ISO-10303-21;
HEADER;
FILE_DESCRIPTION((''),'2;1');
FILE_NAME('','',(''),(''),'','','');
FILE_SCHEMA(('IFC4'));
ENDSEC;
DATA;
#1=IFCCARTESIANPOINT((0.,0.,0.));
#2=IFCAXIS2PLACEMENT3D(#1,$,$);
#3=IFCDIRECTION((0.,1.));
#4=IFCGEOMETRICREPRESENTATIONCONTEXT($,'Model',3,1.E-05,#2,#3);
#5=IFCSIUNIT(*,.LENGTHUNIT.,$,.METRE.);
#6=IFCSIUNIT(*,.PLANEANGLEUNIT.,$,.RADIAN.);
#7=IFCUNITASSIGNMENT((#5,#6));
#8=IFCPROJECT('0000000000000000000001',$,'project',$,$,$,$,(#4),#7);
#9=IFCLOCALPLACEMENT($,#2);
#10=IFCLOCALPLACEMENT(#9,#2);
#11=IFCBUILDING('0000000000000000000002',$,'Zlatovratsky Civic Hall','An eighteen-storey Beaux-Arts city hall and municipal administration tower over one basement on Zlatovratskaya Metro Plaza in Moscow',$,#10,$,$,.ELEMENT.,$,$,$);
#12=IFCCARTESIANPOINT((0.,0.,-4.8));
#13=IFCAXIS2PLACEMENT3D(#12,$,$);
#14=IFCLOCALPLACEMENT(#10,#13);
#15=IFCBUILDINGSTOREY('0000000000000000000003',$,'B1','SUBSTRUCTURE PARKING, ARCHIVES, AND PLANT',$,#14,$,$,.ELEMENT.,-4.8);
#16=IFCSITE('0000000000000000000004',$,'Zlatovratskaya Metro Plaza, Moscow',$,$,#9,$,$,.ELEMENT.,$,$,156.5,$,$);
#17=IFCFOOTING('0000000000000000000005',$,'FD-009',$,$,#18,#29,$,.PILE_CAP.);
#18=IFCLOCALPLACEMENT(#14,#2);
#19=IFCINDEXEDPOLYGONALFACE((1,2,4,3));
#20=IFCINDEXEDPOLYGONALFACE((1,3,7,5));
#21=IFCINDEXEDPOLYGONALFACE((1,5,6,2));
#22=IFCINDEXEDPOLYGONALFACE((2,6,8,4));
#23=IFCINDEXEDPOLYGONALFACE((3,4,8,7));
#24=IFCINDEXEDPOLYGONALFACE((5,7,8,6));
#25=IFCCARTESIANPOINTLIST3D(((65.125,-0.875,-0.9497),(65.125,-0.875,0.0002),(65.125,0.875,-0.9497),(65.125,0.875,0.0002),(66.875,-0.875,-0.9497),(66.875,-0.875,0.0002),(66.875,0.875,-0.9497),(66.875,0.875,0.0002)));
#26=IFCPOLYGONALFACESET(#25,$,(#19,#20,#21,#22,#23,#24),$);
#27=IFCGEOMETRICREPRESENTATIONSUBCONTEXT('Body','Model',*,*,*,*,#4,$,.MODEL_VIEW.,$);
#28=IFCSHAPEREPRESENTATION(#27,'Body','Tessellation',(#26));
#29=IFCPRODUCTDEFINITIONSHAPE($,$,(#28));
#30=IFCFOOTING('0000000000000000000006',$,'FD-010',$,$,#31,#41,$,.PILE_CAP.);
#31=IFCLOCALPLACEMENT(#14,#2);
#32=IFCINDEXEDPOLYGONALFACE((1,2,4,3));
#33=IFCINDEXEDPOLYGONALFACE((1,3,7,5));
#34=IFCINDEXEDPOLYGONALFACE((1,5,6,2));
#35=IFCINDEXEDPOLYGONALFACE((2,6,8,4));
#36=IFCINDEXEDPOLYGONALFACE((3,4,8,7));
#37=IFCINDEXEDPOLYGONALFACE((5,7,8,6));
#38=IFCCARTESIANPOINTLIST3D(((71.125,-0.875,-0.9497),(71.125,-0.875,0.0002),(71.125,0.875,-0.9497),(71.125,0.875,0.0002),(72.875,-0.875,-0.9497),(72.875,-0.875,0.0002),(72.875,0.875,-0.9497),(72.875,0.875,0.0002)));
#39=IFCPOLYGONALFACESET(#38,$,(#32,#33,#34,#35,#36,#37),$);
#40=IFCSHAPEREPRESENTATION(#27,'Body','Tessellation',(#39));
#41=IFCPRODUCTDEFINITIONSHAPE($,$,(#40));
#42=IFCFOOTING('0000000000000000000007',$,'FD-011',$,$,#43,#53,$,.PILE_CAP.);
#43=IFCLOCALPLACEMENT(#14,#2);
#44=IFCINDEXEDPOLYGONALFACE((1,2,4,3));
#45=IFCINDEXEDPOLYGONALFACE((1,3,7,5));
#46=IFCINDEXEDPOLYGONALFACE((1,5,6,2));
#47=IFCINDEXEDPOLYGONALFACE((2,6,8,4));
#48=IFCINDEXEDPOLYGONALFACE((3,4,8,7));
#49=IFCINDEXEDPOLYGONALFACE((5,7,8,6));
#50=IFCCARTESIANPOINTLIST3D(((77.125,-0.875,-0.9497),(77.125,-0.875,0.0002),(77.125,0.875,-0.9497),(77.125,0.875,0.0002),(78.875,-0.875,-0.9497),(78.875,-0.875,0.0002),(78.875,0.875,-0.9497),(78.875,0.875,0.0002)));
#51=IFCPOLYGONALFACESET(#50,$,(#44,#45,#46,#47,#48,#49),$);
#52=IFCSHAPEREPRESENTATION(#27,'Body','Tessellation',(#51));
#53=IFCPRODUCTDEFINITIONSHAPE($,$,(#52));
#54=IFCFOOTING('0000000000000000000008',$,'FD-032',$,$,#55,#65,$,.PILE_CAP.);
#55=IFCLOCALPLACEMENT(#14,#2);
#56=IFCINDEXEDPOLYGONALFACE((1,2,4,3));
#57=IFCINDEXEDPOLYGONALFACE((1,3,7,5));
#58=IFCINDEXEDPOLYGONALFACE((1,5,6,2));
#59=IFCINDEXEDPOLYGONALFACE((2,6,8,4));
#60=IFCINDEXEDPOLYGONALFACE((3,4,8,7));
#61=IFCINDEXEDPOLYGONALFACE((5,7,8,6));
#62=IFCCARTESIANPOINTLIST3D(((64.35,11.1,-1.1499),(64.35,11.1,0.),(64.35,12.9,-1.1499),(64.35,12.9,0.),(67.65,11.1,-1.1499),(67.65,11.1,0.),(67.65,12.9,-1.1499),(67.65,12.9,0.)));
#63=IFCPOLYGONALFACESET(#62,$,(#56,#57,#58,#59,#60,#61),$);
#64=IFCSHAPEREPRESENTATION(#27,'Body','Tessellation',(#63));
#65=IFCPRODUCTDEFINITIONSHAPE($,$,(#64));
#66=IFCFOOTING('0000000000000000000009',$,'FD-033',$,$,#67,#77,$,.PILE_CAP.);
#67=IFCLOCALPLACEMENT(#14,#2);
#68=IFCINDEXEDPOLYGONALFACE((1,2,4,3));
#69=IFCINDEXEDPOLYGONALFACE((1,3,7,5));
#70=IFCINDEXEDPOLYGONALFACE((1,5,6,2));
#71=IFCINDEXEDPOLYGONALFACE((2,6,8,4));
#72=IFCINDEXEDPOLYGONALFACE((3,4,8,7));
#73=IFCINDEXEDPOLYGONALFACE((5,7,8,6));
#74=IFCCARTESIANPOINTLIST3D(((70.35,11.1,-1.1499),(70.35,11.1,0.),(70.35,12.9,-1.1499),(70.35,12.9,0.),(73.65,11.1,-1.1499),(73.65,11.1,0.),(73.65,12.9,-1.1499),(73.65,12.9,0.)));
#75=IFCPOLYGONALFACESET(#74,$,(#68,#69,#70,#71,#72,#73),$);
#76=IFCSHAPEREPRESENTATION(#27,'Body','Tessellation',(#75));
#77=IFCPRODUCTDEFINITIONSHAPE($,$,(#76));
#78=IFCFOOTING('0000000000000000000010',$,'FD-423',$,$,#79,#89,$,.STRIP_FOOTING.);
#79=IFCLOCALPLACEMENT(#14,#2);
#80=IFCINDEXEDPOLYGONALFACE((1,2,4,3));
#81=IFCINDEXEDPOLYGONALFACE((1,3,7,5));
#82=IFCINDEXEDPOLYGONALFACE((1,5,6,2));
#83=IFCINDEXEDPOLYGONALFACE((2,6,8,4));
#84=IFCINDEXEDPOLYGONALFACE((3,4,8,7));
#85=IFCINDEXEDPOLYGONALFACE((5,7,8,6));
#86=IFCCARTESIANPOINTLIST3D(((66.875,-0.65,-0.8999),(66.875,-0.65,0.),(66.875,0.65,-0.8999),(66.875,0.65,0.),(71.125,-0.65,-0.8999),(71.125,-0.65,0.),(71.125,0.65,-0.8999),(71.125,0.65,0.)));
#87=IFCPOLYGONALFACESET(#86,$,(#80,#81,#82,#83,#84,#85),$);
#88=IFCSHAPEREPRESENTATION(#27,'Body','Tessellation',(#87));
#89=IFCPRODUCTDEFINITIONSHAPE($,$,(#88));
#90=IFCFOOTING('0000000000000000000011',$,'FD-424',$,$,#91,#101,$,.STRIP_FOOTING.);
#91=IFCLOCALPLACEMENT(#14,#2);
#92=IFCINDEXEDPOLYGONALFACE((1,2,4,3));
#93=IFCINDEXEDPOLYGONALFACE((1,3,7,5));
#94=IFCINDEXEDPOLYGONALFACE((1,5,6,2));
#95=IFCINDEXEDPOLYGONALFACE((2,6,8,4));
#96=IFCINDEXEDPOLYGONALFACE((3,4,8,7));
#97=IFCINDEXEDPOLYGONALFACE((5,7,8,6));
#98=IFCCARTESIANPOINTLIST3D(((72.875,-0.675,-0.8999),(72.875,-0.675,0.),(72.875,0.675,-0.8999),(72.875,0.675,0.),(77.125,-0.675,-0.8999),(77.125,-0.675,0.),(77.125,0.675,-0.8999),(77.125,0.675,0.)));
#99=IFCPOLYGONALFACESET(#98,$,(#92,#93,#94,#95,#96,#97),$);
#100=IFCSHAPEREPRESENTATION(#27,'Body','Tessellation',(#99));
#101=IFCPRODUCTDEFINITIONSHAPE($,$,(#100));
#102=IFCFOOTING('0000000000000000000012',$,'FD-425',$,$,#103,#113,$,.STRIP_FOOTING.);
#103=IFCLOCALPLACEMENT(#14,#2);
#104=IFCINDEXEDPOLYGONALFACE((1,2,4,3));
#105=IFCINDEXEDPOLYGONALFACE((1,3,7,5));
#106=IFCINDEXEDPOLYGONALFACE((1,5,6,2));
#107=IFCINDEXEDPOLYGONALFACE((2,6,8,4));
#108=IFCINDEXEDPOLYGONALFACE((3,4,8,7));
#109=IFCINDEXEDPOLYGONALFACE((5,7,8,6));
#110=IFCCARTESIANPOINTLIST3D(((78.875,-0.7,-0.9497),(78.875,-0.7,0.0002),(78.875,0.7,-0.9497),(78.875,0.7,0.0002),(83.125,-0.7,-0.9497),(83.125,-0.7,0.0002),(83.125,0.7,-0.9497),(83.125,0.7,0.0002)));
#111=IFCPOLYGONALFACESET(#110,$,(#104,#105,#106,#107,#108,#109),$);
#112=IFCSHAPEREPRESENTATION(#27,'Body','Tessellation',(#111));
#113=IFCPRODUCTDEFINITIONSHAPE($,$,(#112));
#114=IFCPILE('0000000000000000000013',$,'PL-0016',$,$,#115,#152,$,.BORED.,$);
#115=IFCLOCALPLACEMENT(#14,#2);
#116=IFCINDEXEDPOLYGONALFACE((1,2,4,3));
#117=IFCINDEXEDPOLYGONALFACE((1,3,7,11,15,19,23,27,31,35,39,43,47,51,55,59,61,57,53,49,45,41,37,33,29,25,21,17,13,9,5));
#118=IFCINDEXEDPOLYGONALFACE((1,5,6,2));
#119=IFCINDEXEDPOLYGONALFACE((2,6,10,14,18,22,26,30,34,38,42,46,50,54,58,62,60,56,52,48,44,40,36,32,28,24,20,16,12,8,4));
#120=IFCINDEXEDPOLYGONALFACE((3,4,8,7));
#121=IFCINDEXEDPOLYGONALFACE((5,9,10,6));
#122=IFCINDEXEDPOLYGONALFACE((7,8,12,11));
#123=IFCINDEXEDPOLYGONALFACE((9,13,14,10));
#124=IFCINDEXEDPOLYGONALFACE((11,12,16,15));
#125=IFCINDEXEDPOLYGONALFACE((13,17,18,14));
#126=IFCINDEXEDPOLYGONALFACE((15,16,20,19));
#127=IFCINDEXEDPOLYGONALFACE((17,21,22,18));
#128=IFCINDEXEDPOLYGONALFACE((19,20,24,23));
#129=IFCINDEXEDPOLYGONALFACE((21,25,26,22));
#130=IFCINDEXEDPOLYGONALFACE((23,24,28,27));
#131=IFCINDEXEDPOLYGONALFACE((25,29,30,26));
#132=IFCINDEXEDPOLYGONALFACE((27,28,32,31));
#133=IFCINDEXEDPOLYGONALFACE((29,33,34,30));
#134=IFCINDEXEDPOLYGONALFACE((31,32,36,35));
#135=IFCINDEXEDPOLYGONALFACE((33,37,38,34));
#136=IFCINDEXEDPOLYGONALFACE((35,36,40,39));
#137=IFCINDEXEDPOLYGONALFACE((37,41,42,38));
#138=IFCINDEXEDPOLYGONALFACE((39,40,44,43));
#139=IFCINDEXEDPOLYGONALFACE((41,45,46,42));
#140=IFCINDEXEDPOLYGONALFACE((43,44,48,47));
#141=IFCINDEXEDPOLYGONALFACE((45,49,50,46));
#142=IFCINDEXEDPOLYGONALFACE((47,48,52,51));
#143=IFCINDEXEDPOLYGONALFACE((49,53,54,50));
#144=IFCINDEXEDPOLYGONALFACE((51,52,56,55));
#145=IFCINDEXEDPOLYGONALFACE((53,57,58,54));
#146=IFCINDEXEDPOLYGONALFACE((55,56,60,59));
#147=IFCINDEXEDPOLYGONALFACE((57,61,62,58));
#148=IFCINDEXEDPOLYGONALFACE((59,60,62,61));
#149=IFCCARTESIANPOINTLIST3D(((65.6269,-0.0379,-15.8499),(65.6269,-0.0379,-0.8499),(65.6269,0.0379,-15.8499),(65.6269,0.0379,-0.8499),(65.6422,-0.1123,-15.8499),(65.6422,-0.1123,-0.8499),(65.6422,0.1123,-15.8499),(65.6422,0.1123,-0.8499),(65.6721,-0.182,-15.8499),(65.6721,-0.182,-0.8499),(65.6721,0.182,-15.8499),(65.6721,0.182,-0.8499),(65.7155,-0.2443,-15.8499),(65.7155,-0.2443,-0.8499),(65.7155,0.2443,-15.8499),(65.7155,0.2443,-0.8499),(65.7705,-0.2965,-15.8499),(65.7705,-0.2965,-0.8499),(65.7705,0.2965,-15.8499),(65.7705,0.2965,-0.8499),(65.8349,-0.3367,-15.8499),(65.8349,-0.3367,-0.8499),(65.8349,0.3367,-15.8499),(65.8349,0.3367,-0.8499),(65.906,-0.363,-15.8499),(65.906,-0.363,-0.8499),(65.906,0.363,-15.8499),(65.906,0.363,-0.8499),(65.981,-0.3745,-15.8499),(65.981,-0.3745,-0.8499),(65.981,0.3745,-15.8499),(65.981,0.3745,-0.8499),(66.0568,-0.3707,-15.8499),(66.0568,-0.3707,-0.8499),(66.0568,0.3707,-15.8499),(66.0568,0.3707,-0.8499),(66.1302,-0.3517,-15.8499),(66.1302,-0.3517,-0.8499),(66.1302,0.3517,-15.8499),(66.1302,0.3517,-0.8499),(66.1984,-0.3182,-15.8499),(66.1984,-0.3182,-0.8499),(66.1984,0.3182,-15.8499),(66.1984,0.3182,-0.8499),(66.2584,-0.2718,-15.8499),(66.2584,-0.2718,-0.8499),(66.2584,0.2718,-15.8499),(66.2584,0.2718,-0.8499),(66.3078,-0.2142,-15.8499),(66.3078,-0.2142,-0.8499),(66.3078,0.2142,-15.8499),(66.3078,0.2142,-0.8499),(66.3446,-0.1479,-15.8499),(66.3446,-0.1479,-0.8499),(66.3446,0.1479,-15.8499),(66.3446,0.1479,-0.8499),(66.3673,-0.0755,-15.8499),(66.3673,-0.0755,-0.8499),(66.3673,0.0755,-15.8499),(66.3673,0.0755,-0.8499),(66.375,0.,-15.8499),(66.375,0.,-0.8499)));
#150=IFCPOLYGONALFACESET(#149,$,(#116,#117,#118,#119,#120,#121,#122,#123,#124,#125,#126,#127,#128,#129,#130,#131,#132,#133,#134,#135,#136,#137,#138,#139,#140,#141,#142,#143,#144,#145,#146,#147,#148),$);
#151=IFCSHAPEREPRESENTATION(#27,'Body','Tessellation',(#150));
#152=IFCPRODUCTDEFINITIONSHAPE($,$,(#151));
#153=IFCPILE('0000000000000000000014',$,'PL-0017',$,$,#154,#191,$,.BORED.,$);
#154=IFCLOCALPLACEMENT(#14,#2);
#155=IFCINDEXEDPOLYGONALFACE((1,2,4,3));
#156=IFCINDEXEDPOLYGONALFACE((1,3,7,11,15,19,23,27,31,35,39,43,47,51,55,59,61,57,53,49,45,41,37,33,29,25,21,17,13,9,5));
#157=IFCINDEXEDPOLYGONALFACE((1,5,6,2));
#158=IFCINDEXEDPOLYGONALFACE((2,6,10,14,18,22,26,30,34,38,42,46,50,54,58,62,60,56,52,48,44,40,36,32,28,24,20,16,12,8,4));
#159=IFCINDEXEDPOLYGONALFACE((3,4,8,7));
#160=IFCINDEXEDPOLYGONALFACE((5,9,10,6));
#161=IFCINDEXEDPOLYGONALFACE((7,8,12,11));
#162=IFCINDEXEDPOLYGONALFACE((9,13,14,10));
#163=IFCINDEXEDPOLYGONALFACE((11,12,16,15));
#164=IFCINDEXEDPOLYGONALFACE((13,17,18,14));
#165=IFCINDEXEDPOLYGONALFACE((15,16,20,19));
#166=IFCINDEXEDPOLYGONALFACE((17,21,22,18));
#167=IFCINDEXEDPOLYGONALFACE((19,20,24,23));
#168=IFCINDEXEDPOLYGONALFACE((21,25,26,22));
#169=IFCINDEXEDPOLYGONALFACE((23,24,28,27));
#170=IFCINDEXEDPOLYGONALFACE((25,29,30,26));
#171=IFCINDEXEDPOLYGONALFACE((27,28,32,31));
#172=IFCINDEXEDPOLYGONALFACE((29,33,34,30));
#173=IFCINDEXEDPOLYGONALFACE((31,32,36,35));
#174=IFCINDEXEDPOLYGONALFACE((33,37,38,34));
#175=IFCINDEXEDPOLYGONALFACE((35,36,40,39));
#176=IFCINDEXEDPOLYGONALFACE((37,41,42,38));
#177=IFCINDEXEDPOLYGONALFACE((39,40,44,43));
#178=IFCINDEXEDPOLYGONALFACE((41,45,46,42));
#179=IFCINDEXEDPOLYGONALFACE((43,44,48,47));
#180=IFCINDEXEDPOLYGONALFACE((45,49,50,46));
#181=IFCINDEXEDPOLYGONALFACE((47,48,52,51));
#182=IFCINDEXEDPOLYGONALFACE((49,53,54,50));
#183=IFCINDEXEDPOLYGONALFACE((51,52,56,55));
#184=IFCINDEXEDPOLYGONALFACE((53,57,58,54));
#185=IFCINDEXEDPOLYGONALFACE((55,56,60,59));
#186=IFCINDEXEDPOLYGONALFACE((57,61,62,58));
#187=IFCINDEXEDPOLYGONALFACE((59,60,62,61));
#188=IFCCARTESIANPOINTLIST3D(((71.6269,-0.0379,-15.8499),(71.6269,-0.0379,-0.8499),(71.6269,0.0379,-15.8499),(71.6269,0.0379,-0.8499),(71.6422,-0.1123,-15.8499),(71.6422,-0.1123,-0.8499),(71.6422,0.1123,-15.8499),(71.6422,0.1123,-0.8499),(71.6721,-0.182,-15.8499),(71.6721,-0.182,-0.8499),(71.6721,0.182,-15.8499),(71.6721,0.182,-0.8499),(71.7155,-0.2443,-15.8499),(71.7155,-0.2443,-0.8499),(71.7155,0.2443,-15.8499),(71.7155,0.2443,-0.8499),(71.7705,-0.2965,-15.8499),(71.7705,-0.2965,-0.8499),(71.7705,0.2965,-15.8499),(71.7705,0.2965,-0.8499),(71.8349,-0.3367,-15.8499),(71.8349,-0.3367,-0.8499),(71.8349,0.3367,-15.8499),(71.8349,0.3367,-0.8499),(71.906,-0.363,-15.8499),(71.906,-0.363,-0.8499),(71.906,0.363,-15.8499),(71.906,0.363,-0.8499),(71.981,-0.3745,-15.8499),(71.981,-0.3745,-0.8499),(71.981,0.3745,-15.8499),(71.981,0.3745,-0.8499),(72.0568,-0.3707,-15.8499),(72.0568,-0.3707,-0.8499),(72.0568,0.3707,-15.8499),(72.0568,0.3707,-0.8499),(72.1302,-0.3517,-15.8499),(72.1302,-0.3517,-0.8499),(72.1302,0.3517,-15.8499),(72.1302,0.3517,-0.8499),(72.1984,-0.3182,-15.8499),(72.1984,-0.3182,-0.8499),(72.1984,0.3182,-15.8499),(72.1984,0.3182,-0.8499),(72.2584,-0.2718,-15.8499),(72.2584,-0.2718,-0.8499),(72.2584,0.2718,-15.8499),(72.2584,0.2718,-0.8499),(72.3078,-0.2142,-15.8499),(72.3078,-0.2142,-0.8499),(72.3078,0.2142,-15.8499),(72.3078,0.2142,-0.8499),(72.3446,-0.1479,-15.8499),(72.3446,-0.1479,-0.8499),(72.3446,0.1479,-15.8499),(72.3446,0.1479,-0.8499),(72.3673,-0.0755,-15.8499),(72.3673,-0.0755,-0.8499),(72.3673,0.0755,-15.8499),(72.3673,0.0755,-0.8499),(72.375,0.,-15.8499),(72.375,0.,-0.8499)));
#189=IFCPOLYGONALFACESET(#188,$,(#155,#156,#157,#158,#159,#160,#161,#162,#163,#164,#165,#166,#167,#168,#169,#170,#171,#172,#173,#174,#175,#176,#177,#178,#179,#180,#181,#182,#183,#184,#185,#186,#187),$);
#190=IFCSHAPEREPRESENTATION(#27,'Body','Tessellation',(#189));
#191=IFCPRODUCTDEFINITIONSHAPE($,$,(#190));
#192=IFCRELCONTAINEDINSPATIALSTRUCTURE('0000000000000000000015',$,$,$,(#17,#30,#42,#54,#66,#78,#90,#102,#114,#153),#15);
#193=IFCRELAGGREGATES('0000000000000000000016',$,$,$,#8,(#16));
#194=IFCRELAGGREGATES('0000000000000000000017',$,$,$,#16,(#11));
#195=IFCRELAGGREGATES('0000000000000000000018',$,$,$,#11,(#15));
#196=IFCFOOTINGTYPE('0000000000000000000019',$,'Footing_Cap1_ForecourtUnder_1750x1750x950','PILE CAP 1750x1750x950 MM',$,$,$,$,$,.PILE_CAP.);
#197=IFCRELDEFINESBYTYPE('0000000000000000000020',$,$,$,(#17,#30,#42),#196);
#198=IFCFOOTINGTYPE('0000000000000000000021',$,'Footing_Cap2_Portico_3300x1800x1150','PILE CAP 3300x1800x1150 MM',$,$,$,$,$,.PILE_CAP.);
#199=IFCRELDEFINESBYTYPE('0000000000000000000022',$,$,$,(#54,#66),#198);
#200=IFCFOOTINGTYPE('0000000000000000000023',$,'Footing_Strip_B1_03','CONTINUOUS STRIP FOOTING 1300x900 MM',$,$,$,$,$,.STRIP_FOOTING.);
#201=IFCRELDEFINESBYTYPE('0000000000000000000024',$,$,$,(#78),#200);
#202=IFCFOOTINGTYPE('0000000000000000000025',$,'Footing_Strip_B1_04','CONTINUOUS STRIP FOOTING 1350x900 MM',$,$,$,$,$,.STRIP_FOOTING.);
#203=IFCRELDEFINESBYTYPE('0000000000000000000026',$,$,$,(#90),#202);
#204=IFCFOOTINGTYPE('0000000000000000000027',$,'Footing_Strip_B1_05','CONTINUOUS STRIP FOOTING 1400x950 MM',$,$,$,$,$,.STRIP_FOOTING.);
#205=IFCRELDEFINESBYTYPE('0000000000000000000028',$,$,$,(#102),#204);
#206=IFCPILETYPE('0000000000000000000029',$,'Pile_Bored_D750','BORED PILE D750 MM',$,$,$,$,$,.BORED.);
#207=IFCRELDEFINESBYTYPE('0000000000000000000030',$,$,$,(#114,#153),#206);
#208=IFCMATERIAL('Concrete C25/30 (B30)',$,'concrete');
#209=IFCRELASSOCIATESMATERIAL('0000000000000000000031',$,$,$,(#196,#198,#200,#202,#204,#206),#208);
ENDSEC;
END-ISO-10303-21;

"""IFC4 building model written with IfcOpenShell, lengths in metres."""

from ifc_helpers import new_model, si_unit, direction, frame, origin, origin_2d, place, context, subcontext, project, spatial, rectangle, circle, extrude, material, material_profile, profile_set, type_object, element, save


model = new_model("IFC4")

# Units and contexts
model_context = context("Model", 3, precision=1e-05, world=origin(), true_north=direction((0.0, 1.0)))
body_context = subcontext(model_context, "Body", "Model", "MODEL_VIEW")
ifc_project = project(units=[si_unit("LENGTHUNIT", "METRE"), si_unit("PLANEANGLEUNIT", "RADIAN")], contexts=[model_context])

# Site, building, storey
site_placement = place(None, origin())
site = spatial("IfcSite", under=ifc_project, at=site_placement, Name="Zlatovratskaya Metro Plaza, Moscow", CompositionType="ELEMENT", RefElevation=156.5)
building_placement = place(site_placement, origin())
building = spatial("IfcBuilding", under=site, at=building_placement, Name="Zlatovratsky Civic Hall", Description="An eighteen-storey Beaux-Arts city hall and municipal administration tower over one basement on Zlatovratskaya Metro Plaza in Moscow", CompositionType="ELEMENT")
storey_placement = place(building_placement, frame((0.0, 0.0, -4.8)))
storey = spatial("IfcBuildingStorey", under=building, at=storey_placement, Name="B1", Description="SUBSTRUCTURE PARKING, ARCHIVES, AND PLANT", CompositionType="ELEMENT", Elevation=-4.8)

# Footings
ifc_material_1 = material(Name="Concrete C25/30 (B30)", Category="concrete")
footing_type_1 = type_object("IfcFootingType", Name="Footing_Cap1_ForecourtUnder_1750x1750x950", Description="PILE CAP 1750x1750x950 MM", PredefinedType="PILE_CAP", material=ifc_material_1)
for number, where, z_axis, x_axis, name in (
    (1, (66.0, 0.0, -0.9497), (0.0, 0.0, 1.0), (1.0, 0.0, 0.0), "FD-009"),
    (2, (72.0, 0.0, -0.9497), (0.0, 0.0, 1.0), (1.0, 0.0, 0.0), "FD-010"),
    (3, (78.0, 0.0, -0.9497), (0.0, 0.0, 1.0), (1.0, 0.0, 0.0), "FD-011"),
):
    element("IfcFooting", number, at=place(storey_placement, frame(where, z_axis=z_axis, x_axis=x_axis)), inside=storey, type_object=footing_type_1, Name=name, PredefinedType="PILE_CAP", context=body_context, shape_type="SweptSolid", body=[
        extrude(rectangle(XDim=1.75, YDim=1.75, at=origin_2d()), origin(), (0.0, 0.0, 1.0), 0.95),
    ])
footing_type_2 = type_object("IfcFootingType", Name="Footing_Cap2_Portico_3300x1800x1150", Description="PILE CAP 3300x1800x1150 MM", PredefinedType="PILE_CAP", material=ifc_material_1)
for number, where, z_axis, x_axis, name in (
    (4, (66.0, 12.0, -1.1499), (0.0, 0.0, 1.0), (1.0, 0.0, 0.0), "FD-032"),
    (5, (72.0, 12.0, -1.1499), (0.0, 0.0, 1.0), (1.0, 0.0, 0.0), "FD-033"),
):
    element("IfcFooting", number, at=place(storey_placement, frame(where, z_axis=z_axis, x_axis=x_axis)), inside=storey, type_object=footing_type_2, Name=name, PredefinedType="PILE_CAP", context=body_context, shape_type="SweptSolid", body=[
        extrude(rectangle(XDim=3.3, YDim=1.8, at=origin_2d()), origin(), (0.0, 0.0, 1.0), 1.1499),
    ])
footing_type_3 = type_object("IfcFootingType", Name="Footing_Strip_B1_03", Description="CONTINUOUS STRIP FOOTING 1300x900 MM", PredefinedType="STRIP_FOOTING", material=ifc_material_1)
footing_1_placement = place(storey_placement, frame((69.0, 0.0, -0.8999), z_axis=(0.0, 0.0, 1.0), x_axis=(1.0, 0.0, 0.0)))
element("IfcFooting", 6, at=footing_1_placement, inside=storey, type_object=footing_type_3, Name="FD-423", PredefinedType="STRIP_FOOTING", context=body_context, shape_type="SweptSolid", body=[
    extrude(rectangle(XDim=4.25, YDim=1.3, at=origin_2d()), origin(), (0.0, 0.0, 1.0), 0.8999),
])
footing_type_4 = type_object("IfcFootingType", Name="Footing_Strip_B1_04", Description="CONTINUOUS STRIP FOOTING 1350x900 MM", PredefinedType="STRIP_FOOTING", material=ifc_material_1)
footing_2_placement = place(storey_placement, frame((75.0, 0.0, -0.8999), z_axis=(0.0, 0.0, 1.0), x_axis=(1.0, 0.0, 0.0)))
element("IfcFooting", 7, at=footing_2_placement, inside=storey, type_object=footing_type_4, Name="FD-424", PredefinedType="STRIP_FOOTING", context=body_context, shape_type="SweptSolid", body=[
    extrude(rectangle(XDim=4.25, YDim=1.3501, at=origin_2d()), origin(), (0.0, 0.0, 1.0), 0.8999),
])
footing_type_5 = type_object("IfcFootingType", Name="Footing_Strip_B1_05", Description="CONTINUOUS STRIP FOOTING 1400x950 MM", PredefinedType="STRIP_FOOTING", material=ifc_material_1)
footing_3_placement = place(storey_placement, frame((81.0, 0.0, -0.9497), z_axis=(0.0, 0.0, 1.0), x_axis=(1.0, 0.0, 0.0)))
element("IfcFooting", 8, at=footing_3_placement, inside=storey, type_object=footing_type_5, Name="FD-425", PredefinedType="STRIP_FOOTING", context=body_context, shape_type="SweptSolid", body=[
    extrude(rectangle(XDim=4.25, YDim=1.3999, at=origin_2d()), origin(), (0.0, 0.0, 1.0), 0.95),
])

# Piles
ifc_material_profile_1 = material_profile(ifc_material_1, circle(Radius=0.375, at=origin_2d()), Name="PILE D750")
ifc_profile_set_1 = profile_set([ifc_material_profile_1], Name="Concrete C25/30 (B30)")
pile_type = type_object("IfcPileType", Name="Pile_Bored_D750", Description="BORED PILE D750 MM", PredefinedType="BORED", material=ifc_profile_set_1)
for number, where, z_axis, x_axis, name in (
    (9, (66.0, 0.0, -0.8499), (0.0, 0.0, -1.0), (1.0, 0.0, 0.0), "PL-0016"),
    (10, (72.0, 0.0, -0.8499), (0.0, 0.0, -1.0), (1.0, 0.0, 0.0), "PL-0017"),
):
    element("IfcPile", number, at=place(storey_placement, frame(where, z_axis=z_axis, x_axis=x_axis)), inside=storey, type_object=pile_type, Name=name, PredefinedType="BORED", context=body_context, shape_type="SweptSolid", body=[
        extrude(circle(Radius=0.375, at=origin_2d()), origin(), (0.0, 0.0, 1.0), 15.0),
    ])

save(model, "model.ifc")
